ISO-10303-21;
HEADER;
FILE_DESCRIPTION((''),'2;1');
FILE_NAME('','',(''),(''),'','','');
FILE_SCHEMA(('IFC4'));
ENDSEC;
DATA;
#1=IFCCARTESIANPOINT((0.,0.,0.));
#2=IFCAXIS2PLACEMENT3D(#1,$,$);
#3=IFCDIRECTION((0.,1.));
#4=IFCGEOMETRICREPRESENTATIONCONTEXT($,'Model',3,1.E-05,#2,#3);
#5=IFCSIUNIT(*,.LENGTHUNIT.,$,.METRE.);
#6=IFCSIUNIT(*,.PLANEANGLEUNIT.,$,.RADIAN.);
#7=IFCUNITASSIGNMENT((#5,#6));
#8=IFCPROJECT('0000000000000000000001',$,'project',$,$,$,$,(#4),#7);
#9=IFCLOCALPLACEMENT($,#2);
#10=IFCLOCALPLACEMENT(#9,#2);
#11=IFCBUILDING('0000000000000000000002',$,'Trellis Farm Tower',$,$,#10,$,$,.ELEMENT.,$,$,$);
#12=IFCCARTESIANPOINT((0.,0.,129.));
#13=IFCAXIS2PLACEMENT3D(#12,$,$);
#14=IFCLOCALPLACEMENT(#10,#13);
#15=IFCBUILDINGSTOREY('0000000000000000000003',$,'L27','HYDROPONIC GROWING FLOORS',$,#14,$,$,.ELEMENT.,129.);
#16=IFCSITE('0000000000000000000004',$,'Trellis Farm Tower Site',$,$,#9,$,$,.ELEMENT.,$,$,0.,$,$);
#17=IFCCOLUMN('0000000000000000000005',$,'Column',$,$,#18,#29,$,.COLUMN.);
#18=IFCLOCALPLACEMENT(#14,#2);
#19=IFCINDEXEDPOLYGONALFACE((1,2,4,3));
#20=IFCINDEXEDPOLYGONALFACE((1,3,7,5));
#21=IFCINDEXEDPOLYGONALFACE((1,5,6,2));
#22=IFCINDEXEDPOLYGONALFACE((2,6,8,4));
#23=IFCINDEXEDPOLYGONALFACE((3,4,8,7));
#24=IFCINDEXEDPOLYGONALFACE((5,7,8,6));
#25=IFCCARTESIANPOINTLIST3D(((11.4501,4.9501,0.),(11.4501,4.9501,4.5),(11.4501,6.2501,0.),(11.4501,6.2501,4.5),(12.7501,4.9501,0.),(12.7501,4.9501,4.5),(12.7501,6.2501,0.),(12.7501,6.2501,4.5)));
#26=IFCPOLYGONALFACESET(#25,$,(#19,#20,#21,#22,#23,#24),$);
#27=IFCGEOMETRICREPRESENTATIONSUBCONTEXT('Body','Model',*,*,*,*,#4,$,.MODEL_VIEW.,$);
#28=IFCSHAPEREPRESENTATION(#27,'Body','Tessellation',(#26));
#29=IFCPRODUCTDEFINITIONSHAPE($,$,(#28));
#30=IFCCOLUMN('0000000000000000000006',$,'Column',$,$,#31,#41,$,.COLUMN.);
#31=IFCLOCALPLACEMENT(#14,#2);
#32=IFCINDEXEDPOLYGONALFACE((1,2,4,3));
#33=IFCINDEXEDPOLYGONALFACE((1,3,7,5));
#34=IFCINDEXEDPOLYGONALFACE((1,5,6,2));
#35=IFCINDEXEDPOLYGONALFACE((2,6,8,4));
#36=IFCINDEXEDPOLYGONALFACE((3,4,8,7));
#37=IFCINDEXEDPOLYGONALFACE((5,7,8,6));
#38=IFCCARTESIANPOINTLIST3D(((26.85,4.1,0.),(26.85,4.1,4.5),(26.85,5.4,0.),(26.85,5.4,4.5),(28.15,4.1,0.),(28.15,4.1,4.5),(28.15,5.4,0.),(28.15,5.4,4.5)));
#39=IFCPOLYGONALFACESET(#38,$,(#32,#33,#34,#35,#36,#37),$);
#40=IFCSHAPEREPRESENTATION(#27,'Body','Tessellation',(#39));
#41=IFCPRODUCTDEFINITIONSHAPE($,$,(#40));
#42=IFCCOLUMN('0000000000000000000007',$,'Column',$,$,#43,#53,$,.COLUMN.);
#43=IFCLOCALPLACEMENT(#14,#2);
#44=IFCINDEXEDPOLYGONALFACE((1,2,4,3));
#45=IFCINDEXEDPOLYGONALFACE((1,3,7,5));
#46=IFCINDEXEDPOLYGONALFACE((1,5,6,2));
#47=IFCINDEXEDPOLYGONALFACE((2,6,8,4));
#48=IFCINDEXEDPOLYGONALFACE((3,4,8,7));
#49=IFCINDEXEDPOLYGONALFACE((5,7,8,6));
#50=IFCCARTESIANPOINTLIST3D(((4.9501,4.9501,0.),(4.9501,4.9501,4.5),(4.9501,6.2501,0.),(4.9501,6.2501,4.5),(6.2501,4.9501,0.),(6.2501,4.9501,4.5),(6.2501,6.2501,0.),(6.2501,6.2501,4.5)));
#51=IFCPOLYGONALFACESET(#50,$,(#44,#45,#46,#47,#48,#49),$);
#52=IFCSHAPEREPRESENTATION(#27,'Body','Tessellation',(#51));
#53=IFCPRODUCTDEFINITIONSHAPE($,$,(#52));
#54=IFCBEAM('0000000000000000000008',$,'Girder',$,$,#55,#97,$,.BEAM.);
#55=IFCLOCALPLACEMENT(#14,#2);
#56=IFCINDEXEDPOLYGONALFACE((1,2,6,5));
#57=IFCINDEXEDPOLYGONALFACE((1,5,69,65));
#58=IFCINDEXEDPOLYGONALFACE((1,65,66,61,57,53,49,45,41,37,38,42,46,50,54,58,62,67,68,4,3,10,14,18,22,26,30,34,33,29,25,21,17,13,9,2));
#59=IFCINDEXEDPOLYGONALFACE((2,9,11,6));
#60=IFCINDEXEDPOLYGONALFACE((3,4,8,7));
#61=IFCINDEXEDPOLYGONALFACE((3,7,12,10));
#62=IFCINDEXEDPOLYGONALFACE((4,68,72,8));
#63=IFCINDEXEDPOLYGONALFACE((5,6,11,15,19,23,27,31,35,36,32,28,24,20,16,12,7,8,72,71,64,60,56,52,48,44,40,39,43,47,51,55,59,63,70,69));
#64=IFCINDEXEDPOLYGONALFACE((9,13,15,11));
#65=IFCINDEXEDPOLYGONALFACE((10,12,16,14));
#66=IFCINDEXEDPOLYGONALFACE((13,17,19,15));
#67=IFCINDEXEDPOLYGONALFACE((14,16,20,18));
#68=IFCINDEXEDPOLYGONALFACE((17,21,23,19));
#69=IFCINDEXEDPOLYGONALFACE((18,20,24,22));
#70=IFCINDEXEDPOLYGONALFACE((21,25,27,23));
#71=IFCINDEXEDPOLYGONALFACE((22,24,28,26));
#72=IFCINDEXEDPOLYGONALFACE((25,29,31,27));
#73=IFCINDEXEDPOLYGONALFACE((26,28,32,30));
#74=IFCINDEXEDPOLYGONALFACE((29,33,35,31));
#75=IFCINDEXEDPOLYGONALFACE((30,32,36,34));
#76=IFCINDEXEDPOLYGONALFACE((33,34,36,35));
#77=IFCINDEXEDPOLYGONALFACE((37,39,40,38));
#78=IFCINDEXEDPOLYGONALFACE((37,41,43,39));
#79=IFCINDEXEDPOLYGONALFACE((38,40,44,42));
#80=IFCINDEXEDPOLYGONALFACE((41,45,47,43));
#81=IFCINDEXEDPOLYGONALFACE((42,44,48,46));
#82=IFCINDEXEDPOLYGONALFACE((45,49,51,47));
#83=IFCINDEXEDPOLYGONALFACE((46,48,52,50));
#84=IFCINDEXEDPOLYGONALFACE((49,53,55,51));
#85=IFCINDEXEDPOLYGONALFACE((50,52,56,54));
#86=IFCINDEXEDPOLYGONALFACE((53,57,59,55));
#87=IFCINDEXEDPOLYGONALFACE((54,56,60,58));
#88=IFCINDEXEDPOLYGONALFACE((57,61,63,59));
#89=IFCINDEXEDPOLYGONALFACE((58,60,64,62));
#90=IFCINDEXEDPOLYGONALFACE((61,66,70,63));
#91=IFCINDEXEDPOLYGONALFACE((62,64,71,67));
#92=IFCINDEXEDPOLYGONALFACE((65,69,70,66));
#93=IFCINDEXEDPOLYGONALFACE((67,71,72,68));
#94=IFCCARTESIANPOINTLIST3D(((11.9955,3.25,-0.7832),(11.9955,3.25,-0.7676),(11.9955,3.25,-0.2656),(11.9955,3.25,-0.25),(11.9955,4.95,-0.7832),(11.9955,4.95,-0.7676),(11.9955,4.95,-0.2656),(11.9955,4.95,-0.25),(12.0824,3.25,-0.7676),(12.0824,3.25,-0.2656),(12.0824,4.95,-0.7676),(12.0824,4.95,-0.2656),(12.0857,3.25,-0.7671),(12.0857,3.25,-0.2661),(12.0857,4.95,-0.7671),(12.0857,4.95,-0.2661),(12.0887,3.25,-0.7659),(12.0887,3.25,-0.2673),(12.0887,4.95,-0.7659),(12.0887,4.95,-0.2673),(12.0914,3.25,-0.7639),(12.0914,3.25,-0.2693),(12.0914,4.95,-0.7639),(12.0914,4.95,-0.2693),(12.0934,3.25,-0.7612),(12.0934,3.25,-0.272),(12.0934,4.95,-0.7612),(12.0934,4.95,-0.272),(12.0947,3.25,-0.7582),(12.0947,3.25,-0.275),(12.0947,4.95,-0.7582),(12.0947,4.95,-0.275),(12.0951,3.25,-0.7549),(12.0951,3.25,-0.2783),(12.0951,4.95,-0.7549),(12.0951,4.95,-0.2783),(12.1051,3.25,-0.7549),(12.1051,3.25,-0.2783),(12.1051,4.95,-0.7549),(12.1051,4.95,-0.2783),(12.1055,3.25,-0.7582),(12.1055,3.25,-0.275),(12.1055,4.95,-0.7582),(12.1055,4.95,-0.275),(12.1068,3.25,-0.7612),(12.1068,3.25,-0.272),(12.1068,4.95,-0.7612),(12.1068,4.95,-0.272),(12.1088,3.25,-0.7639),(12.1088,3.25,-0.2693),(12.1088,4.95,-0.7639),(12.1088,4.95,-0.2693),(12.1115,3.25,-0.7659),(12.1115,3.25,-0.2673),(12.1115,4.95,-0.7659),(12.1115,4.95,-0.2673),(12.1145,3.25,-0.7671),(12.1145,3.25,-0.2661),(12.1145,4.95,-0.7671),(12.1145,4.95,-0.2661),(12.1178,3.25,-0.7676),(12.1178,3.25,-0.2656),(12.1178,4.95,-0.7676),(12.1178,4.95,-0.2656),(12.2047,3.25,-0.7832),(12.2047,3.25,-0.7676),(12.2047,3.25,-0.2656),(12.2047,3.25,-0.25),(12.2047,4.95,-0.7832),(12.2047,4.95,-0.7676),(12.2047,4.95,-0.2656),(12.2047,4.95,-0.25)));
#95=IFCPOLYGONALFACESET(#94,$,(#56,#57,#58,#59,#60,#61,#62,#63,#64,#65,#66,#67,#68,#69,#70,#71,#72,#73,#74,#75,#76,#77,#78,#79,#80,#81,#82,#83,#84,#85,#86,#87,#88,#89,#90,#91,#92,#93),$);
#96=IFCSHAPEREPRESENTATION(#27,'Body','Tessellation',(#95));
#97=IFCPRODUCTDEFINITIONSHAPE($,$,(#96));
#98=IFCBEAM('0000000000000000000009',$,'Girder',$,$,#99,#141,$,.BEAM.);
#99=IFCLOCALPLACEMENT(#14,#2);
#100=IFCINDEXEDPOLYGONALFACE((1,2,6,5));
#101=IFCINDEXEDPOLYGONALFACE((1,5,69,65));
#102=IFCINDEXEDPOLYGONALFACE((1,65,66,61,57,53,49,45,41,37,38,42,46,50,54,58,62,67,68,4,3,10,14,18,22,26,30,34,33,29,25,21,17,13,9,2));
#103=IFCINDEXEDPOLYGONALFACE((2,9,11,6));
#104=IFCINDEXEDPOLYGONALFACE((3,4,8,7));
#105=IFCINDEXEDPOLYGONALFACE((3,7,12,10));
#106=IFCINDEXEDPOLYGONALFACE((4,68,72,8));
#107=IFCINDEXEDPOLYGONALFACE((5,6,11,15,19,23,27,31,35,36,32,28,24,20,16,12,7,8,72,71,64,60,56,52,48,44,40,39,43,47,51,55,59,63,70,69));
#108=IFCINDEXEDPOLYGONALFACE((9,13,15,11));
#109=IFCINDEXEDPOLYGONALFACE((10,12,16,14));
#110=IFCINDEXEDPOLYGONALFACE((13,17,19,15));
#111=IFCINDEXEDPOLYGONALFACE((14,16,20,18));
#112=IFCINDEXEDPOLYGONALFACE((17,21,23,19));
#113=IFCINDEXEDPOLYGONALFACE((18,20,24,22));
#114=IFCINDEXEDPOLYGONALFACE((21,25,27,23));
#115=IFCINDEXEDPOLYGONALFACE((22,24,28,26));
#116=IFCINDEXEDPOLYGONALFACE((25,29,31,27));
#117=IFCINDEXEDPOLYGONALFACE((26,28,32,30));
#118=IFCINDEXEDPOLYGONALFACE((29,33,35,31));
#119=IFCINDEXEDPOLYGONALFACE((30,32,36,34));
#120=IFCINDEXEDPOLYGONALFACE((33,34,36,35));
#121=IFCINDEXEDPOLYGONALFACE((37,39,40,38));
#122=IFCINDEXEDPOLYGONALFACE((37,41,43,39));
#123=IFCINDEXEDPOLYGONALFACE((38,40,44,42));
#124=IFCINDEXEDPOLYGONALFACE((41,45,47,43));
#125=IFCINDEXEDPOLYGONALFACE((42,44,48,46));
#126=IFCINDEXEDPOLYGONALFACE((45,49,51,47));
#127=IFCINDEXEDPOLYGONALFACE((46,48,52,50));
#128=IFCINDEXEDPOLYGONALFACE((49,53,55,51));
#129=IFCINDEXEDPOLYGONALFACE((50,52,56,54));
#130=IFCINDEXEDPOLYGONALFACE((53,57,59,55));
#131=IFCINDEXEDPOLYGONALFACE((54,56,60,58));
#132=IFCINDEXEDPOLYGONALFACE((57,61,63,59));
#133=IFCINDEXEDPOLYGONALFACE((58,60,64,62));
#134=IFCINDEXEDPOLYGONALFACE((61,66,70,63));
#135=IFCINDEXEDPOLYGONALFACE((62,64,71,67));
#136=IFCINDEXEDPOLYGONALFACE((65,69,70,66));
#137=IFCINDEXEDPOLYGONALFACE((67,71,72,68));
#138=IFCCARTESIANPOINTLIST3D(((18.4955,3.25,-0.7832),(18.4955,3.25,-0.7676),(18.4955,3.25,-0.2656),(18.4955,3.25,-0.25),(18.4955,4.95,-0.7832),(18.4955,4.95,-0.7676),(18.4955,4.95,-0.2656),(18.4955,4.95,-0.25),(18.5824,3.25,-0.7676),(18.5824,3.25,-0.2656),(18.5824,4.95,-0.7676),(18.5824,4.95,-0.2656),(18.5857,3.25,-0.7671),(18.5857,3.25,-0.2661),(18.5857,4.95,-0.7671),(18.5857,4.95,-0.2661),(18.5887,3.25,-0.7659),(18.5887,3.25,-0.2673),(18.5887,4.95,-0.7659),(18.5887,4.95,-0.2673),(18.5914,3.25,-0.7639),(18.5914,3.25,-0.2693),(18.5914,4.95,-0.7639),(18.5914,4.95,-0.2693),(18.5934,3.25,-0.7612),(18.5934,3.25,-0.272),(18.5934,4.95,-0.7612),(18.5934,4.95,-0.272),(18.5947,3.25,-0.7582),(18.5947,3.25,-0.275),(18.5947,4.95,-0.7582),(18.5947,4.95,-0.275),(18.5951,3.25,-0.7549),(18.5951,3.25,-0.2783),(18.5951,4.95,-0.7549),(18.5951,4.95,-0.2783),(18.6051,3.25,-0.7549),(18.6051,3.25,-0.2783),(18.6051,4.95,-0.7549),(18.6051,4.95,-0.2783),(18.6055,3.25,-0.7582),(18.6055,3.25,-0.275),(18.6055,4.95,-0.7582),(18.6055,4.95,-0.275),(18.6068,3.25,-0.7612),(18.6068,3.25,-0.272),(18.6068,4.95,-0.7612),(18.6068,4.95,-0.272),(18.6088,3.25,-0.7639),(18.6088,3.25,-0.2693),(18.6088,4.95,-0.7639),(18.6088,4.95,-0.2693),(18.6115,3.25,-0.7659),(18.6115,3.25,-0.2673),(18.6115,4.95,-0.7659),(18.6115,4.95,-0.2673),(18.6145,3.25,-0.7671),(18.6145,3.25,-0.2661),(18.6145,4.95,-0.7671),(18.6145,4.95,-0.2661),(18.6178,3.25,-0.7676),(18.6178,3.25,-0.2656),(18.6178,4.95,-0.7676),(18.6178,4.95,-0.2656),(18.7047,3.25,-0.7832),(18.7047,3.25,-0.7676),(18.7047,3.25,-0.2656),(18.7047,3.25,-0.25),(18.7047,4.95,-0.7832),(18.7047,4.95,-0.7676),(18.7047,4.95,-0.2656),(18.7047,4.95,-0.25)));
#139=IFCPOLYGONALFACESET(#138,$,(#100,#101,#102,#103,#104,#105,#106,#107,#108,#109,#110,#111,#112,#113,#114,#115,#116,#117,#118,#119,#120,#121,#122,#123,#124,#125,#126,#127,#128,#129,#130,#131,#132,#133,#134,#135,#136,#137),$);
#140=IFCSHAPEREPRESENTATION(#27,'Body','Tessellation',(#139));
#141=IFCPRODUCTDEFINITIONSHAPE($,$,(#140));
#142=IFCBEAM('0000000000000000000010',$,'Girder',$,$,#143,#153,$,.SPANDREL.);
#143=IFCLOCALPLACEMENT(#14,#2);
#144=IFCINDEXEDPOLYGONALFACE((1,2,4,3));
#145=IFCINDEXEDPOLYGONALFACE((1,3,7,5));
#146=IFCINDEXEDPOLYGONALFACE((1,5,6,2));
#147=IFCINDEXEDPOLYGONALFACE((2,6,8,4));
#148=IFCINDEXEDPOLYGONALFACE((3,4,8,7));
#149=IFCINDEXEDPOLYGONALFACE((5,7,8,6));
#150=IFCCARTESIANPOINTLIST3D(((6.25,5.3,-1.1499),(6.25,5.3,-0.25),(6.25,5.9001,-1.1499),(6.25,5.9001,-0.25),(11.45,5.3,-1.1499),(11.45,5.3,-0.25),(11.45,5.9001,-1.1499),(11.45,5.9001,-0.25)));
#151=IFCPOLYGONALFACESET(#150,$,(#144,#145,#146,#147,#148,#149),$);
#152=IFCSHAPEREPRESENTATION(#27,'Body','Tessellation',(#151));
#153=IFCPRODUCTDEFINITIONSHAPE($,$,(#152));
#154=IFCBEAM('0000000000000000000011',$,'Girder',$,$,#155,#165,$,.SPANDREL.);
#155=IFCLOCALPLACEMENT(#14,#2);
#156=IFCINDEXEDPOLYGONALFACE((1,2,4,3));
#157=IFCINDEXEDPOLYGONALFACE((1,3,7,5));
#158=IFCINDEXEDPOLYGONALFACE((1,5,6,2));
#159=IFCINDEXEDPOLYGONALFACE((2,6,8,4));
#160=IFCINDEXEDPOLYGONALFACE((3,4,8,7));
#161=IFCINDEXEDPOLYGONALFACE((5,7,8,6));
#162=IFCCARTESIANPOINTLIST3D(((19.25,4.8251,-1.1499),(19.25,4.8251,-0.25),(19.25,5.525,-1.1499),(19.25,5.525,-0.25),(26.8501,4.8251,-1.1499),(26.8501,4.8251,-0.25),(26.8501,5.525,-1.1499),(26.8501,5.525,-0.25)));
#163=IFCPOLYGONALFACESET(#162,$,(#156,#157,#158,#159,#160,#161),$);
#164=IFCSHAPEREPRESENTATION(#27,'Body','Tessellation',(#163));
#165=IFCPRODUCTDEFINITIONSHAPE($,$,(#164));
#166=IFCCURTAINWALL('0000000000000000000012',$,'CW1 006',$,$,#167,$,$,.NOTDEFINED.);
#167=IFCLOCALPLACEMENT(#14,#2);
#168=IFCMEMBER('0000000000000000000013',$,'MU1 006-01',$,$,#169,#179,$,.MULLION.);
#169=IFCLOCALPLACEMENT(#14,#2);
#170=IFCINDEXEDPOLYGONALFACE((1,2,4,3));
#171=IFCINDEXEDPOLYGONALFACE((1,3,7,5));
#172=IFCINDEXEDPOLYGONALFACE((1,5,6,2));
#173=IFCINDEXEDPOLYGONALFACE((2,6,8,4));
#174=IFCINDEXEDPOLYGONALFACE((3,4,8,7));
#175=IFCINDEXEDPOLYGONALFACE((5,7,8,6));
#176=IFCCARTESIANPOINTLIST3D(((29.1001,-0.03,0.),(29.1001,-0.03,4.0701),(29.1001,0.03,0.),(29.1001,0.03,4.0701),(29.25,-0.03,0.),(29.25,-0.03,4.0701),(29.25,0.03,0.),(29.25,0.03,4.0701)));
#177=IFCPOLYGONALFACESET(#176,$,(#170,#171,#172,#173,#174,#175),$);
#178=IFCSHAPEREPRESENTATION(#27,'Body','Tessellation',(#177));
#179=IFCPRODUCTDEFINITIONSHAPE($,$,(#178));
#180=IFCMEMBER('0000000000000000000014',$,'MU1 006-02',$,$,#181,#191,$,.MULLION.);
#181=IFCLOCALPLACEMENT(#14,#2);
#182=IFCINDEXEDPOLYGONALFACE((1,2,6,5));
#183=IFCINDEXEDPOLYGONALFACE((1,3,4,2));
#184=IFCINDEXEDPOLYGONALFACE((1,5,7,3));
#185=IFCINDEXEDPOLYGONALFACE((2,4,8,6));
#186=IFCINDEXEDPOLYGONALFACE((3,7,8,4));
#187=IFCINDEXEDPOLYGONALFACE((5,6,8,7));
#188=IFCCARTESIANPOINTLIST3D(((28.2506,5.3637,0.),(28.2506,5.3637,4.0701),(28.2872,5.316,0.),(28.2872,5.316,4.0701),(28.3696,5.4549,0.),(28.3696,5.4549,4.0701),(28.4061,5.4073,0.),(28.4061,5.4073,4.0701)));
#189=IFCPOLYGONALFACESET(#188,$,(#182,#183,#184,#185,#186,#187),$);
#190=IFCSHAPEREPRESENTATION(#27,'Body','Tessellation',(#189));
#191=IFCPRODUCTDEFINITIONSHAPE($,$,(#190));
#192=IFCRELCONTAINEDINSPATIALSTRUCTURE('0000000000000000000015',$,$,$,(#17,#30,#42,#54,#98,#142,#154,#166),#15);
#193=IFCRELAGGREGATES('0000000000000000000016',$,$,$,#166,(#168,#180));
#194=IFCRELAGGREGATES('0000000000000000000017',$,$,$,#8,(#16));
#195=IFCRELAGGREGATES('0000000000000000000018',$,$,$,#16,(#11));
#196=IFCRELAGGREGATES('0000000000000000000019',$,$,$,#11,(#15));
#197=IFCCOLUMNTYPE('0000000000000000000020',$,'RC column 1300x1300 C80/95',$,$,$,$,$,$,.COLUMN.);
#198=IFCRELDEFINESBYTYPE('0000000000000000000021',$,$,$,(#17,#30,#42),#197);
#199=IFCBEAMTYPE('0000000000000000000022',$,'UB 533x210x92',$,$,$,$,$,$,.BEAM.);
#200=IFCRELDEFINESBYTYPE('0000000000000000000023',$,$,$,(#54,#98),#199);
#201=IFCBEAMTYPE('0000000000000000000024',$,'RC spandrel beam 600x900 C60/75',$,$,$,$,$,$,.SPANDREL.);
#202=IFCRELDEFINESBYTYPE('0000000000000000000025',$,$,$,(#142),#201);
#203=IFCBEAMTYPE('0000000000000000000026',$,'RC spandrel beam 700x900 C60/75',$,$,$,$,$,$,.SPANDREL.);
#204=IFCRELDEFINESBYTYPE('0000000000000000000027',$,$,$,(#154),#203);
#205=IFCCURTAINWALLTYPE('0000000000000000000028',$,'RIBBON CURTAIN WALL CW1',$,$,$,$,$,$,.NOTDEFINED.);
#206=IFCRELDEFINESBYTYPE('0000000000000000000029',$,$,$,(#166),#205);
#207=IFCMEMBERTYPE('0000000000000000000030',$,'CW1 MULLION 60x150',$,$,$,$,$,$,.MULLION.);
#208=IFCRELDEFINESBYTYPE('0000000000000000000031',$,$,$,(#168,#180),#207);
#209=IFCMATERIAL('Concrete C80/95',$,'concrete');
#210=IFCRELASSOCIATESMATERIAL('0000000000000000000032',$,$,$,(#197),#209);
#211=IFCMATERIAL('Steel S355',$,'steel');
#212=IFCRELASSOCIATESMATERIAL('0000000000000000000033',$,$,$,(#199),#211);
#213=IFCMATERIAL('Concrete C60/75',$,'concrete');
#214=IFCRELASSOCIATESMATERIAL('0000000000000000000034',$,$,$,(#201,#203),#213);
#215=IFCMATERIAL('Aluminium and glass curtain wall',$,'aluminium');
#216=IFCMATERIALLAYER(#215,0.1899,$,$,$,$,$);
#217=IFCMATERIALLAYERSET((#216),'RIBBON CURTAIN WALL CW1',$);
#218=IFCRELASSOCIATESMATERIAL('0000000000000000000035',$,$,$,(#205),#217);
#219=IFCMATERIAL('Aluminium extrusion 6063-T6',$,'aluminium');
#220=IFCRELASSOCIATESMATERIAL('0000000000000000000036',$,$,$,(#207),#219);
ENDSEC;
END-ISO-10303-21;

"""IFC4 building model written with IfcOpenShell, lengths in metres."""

from ifc_helpers import new_model, si_unit, direction, frame, origin, origin_2d, place, context, subcontext, project, spatial, rectangle, i_section, extrude, source, transform, mapped, material, layer, layer_set, material_profile, profile_set, type_object, element, aggregate, save


model = new_model("IFC4")

# Units and contexts
model_context = context("Model", 3, precision=1e-05, world=origin(), true_north=direction((0.0, 1.0)))
body_context = subcontext(model_context, "Body", "Model", "MODEL_VIEW")
ifc_project = project(units=[si_unit("LENGTHUNIT", "METRE"), si_unit("PLANEANGLEUNIT", "RADIAN")], contexts=[model_context])

# Site, building, storey
site_placement = place(None, origin())
site = spatial("IfcSite", under=ifc_project, at=site_placement, Name="Trellis Farm Tower Site", CompositionType="ELEMENT", RefElevation=0.0)
building_placement = place(site_placement, origin())
building = spatial("IfcBuilding", under=site, at=building_placement, Name="Trellis Farm Tower", CompositionType="ELEMENT")
storey_placement = place(building_placement, frame((0.0, 0.0, 129.0)))
storey = spatial("IfcBuildingStorey", under=building, at=storey_placement, Name="L27", Description="HYDROPONIC GROWING FLOORS", CompositionType="ELEMENT", Elevation=129.0)

# Columns
ifc_material_1 = material(Name="Concrete C80/95", Category="concrete")
ifc_material_profile_1 = material_profile(ifc_material_1, rectangle(XDim=1.3, YDim=1.3, at=origin_2d()), Name="RC column 1300x1300 C80/95")
ifc_profile_set_1 = profile_set([ifc_material_profile_1], Name="Concrete C80/95")
column_type = type_object("IfcColumnType", Name="RC column 1300x1300 C80/95", PredefinedType="COLUMN", material=ifc_profile_set_1)
shared_shape_1 = source(origin(), body_context, "Body", "SweptSolid", [
    extrude(rectangle(XDim=1.3, YDim=1.3, at=origin_2d()), origin(), (0.0, 0.0, 1.0), 4.5),
])
for number, where, z_axis, x_axis, name in (
    (1, (12.1001, 5.6001, 0.0), (0.0, 0.0, 1.0), (1.0, 0.0, 0.0), "Column"),
    (2, (27.5, 4.75, 0.0), (0.0, 0.0, 1.0), (1.0, 0.0, 0.0), "Column"),
    (3, (5.6001, 5.6001, 0.0), (0.0, 0.0, 1.0), (1.0, 0.0, 0.0), "Column"),
):
    element("IfcColumn", number, at=place(storey_placement, frame(where, z_axis=z_axis, x_axis=x_axis)), inside=storey, type_object=column_type, Name=name, PredefinedType="COLUMN", context=body_context, shape_type="MappedRepresentation", body=[
        mapped(shared_shape_1, transform((0.0, 0.0, 0.0))),
    ])

# Beams
ifc_material_2 = material(Name="Steel S355", Category="steel")
ifc_material_profile_2 = material_profile(ifc_material_2, i_section(OverallWidth=0.2092, OverallDepth=0.5332, WebThickness=0.01, FlangeThickness=0.0156, FilletRadius=0.0127, at=origin_2d()), Name="UB 533x210x92")
ifc_profile_set_2 = profile_set([ifc_material_profile_2], Name="Steel S355")
beam_type_1 = type_object("IfcBeamType", Name="UB 533x210x92", PredefinedType="BEAM", material=ifc_profile_set_2)
shared_shape_2 = source(origin(), body_context, "Body", "SweptSolid", [
    extrude(i_section(OverallWidth=0.2092, OverallDepth=0.5332, WebThickness=0.01, FlangeThickness=0.0156, FilletRadius=0.0127, at=origin_2d()), origin(), (0.0, 0.0, 1.0), 1.7),
])
for number, where, z_axis, x_axis, name in (
    (4, (12.1001, 3.25, -0.5166), (0.0, 1.0, 0.0), (-1.0, 0.0, 0.0), "Girder"),
    (5, (18.6001, 3.25, -0.5166), (0.0, 1.0, 0.0), (-1.0, 0.0, 0.0), "Girder"),
):
    element("IfcBeam", number, at=place(storey_placement, frame(where, z_axis=z_axis, x_axis=x_axis)), inside=storey, type_object=beam_type_1, Name=name, PredefinedType="BEAM", context=body_context, shape_type="MappedRepresentation", body=[
        mapped(shared_shape_2, transform((0.0, 0.0, 0.0))),
    ])
ifc_material_3 = material(Name="Concrete C60/75", Category="concrete")
ifc_material_profile_3 = material_profile(ifc_material_3, rectangle(XDim=0.6001, YDim=0.8999, at=origin_2d()), Name="RC spandrel beam 600x900 C60/75")
ifc_profile_set_3 = profile_set([ifc_material_profile_3], Name="Concrete C60/75")
beam_type_2 = type_object("IfcBeamType", Name="RC spandrel beam 600x900 C60/75", PredefinedType="SPANDREL", material=ifc_profile_set_3)
shared_shape_3 = source(origin(), body_context, "Body", "SweptSolid", [
    extrude(rectangle(XDim=0.6001, YDim=0.8999, at=origin_2d()), origin(), (0.0, 0.0, 1.0), 5.2),
])
beam_1_placement = place(storey_placement, frame((6.25, 5.6001, -0.7), z_axis=(1.0, 0.0, 0.0), x_axis=(0.0, 1.0, 0.0)))
element("IfcBeam", 6, at=beam_1_placement, inside=storey, type_object=beam_type_2, Name="Girder", PredefinedType="SPANDREL", context=body_context, shape_type="MappedRepresentation", body=[
    mapped(shared_shape_3, transform((0.0, 0.0, 0.0))),
])
ifc_material_profile_4 = material_profile(ifc_material_3, rectangle(XDim=0.7, YDim=0.8999, at=origin_2d()), Name="RC spandrel beam 700x900 C60/75")
ifc_profile_set_4 = profile_set([ifc_material_profile_4], Name="Concrete C60/75")
beam_type_3 = type_object("IfcBeamType", Name="RC spandrel beam 700x900 C60/75", PredefinedType="SPANDREL", material=ifc_profile_set_4)
shared_shape_4 = source(origin(), body_context, "Body", "SweptSolid", [
    extrude(rectangle(XDim=0.7, YDim=0.8999, at=origin_2d()), origin(), (0.0, 0.0, 1.0), 7.6001),
])
beam_2_placement = place(storey_placement, frame((19.25, 5.175, -0.7), z_axis=(1.0, 0.0, 0.0), x_axis=(0.0, 1.0, 0.0)))
element("IfcBeam", 7, at=beam_2_placement, inside=storey, type_object=beam_type_3, Name="Girder", PredefinedType="SPANDREL", context=body_context, shape_type="MappedRepresentation", body=[
    mapped(shared_shape_4, transform((0.0, 0.0, 0.0))),
])

# Curtain wall, members
ifc_material_4 = material(Name="Aluminium and glass curtain wall", Category="aluminium")
ifc_layer_1 = layer(ifc_material_4, 0.1899)
ifc_layer_set_1 = layer_set([ifc_layer_1], Name="RIBBON CURTAIN WALL CW1")
curtain_wall_type = type_object("IfcCurtainWallType", Name="RIBBON CURTAIN WALL CW1", PredefinedType="NOTDEFINED", material=ifc_layer_set_1)
curtain_wall_placement = place(storey_placement, origin())
curtain_wall = element("IfcCurtainWall", 8, at=curtain_wall_placement, inside=storey, type_object=curtain_wall_type, Name="CW1 006", PredefinedType="NOTDEFINED")
ifc_material_5 = material(Name="Aluminium extrusion 6063-T6", Category="aluminium")
ifc_material_profile_5 = material_profile(ifc_material_5, rectangle(XDim=0.0601, YDim=0.1499, at=origin_2d()), Name="MULLION 60x150")
ifc_profile_set_5 = profile_set([ifc_material_profile_5], Name="Aluminium extrusion 6063-T6")
member_type = type_object("IfcMemberType", Name="CW1 MULLION 60x150", PredefinedType="MULLION", material=ifc_profile_set_5)
shared_shape_5 = source(origin(), body_context, "Body", "SweptSolid", [
    extrude(rectangle(XDim=0.0601, YDim=0.1499, at=origin_2d()), origin(), (0.0, 0.0, 1.0), 4.0701),
])
member_1_placement = place(storey_placement, frame((29.175, 0.0, 0.0), z_axis=(0.0, 0.0, 1.0), x_axis=(0.0, 1.0, 0.0)))
member_1 = element("IfcMember", 9, at=member_1_placement, type_object=member_type, Name="MU1 006-01", PredefinedType="MULLION", context=body_context, shape_type="MappedRepresentation", body=[
    mapped(shared_shape_5, transform((0.0, 0.0, 0.0))),
])
member_2_placement = place(storey_placement, frame((28.3284, 5.3855, 0.0), z_axis=(0.0, 0.0, 1.0), x_axis=(-0.608761, 0.793353, 0.0)))
member_2 = element("IfcMember", 10, at=member_2_placement, type_object=member_type, Name="MU1 006-02", PredefinedType="MULLION", context=body_context, shape_type="MappedRepresentation", body=[
    mapped(shared_shape_5, transform((0.0, 0.0, 0.0))),
])
aggregate(curtain_wall, [member_1, member_2])

save(model, "model.ifc")
